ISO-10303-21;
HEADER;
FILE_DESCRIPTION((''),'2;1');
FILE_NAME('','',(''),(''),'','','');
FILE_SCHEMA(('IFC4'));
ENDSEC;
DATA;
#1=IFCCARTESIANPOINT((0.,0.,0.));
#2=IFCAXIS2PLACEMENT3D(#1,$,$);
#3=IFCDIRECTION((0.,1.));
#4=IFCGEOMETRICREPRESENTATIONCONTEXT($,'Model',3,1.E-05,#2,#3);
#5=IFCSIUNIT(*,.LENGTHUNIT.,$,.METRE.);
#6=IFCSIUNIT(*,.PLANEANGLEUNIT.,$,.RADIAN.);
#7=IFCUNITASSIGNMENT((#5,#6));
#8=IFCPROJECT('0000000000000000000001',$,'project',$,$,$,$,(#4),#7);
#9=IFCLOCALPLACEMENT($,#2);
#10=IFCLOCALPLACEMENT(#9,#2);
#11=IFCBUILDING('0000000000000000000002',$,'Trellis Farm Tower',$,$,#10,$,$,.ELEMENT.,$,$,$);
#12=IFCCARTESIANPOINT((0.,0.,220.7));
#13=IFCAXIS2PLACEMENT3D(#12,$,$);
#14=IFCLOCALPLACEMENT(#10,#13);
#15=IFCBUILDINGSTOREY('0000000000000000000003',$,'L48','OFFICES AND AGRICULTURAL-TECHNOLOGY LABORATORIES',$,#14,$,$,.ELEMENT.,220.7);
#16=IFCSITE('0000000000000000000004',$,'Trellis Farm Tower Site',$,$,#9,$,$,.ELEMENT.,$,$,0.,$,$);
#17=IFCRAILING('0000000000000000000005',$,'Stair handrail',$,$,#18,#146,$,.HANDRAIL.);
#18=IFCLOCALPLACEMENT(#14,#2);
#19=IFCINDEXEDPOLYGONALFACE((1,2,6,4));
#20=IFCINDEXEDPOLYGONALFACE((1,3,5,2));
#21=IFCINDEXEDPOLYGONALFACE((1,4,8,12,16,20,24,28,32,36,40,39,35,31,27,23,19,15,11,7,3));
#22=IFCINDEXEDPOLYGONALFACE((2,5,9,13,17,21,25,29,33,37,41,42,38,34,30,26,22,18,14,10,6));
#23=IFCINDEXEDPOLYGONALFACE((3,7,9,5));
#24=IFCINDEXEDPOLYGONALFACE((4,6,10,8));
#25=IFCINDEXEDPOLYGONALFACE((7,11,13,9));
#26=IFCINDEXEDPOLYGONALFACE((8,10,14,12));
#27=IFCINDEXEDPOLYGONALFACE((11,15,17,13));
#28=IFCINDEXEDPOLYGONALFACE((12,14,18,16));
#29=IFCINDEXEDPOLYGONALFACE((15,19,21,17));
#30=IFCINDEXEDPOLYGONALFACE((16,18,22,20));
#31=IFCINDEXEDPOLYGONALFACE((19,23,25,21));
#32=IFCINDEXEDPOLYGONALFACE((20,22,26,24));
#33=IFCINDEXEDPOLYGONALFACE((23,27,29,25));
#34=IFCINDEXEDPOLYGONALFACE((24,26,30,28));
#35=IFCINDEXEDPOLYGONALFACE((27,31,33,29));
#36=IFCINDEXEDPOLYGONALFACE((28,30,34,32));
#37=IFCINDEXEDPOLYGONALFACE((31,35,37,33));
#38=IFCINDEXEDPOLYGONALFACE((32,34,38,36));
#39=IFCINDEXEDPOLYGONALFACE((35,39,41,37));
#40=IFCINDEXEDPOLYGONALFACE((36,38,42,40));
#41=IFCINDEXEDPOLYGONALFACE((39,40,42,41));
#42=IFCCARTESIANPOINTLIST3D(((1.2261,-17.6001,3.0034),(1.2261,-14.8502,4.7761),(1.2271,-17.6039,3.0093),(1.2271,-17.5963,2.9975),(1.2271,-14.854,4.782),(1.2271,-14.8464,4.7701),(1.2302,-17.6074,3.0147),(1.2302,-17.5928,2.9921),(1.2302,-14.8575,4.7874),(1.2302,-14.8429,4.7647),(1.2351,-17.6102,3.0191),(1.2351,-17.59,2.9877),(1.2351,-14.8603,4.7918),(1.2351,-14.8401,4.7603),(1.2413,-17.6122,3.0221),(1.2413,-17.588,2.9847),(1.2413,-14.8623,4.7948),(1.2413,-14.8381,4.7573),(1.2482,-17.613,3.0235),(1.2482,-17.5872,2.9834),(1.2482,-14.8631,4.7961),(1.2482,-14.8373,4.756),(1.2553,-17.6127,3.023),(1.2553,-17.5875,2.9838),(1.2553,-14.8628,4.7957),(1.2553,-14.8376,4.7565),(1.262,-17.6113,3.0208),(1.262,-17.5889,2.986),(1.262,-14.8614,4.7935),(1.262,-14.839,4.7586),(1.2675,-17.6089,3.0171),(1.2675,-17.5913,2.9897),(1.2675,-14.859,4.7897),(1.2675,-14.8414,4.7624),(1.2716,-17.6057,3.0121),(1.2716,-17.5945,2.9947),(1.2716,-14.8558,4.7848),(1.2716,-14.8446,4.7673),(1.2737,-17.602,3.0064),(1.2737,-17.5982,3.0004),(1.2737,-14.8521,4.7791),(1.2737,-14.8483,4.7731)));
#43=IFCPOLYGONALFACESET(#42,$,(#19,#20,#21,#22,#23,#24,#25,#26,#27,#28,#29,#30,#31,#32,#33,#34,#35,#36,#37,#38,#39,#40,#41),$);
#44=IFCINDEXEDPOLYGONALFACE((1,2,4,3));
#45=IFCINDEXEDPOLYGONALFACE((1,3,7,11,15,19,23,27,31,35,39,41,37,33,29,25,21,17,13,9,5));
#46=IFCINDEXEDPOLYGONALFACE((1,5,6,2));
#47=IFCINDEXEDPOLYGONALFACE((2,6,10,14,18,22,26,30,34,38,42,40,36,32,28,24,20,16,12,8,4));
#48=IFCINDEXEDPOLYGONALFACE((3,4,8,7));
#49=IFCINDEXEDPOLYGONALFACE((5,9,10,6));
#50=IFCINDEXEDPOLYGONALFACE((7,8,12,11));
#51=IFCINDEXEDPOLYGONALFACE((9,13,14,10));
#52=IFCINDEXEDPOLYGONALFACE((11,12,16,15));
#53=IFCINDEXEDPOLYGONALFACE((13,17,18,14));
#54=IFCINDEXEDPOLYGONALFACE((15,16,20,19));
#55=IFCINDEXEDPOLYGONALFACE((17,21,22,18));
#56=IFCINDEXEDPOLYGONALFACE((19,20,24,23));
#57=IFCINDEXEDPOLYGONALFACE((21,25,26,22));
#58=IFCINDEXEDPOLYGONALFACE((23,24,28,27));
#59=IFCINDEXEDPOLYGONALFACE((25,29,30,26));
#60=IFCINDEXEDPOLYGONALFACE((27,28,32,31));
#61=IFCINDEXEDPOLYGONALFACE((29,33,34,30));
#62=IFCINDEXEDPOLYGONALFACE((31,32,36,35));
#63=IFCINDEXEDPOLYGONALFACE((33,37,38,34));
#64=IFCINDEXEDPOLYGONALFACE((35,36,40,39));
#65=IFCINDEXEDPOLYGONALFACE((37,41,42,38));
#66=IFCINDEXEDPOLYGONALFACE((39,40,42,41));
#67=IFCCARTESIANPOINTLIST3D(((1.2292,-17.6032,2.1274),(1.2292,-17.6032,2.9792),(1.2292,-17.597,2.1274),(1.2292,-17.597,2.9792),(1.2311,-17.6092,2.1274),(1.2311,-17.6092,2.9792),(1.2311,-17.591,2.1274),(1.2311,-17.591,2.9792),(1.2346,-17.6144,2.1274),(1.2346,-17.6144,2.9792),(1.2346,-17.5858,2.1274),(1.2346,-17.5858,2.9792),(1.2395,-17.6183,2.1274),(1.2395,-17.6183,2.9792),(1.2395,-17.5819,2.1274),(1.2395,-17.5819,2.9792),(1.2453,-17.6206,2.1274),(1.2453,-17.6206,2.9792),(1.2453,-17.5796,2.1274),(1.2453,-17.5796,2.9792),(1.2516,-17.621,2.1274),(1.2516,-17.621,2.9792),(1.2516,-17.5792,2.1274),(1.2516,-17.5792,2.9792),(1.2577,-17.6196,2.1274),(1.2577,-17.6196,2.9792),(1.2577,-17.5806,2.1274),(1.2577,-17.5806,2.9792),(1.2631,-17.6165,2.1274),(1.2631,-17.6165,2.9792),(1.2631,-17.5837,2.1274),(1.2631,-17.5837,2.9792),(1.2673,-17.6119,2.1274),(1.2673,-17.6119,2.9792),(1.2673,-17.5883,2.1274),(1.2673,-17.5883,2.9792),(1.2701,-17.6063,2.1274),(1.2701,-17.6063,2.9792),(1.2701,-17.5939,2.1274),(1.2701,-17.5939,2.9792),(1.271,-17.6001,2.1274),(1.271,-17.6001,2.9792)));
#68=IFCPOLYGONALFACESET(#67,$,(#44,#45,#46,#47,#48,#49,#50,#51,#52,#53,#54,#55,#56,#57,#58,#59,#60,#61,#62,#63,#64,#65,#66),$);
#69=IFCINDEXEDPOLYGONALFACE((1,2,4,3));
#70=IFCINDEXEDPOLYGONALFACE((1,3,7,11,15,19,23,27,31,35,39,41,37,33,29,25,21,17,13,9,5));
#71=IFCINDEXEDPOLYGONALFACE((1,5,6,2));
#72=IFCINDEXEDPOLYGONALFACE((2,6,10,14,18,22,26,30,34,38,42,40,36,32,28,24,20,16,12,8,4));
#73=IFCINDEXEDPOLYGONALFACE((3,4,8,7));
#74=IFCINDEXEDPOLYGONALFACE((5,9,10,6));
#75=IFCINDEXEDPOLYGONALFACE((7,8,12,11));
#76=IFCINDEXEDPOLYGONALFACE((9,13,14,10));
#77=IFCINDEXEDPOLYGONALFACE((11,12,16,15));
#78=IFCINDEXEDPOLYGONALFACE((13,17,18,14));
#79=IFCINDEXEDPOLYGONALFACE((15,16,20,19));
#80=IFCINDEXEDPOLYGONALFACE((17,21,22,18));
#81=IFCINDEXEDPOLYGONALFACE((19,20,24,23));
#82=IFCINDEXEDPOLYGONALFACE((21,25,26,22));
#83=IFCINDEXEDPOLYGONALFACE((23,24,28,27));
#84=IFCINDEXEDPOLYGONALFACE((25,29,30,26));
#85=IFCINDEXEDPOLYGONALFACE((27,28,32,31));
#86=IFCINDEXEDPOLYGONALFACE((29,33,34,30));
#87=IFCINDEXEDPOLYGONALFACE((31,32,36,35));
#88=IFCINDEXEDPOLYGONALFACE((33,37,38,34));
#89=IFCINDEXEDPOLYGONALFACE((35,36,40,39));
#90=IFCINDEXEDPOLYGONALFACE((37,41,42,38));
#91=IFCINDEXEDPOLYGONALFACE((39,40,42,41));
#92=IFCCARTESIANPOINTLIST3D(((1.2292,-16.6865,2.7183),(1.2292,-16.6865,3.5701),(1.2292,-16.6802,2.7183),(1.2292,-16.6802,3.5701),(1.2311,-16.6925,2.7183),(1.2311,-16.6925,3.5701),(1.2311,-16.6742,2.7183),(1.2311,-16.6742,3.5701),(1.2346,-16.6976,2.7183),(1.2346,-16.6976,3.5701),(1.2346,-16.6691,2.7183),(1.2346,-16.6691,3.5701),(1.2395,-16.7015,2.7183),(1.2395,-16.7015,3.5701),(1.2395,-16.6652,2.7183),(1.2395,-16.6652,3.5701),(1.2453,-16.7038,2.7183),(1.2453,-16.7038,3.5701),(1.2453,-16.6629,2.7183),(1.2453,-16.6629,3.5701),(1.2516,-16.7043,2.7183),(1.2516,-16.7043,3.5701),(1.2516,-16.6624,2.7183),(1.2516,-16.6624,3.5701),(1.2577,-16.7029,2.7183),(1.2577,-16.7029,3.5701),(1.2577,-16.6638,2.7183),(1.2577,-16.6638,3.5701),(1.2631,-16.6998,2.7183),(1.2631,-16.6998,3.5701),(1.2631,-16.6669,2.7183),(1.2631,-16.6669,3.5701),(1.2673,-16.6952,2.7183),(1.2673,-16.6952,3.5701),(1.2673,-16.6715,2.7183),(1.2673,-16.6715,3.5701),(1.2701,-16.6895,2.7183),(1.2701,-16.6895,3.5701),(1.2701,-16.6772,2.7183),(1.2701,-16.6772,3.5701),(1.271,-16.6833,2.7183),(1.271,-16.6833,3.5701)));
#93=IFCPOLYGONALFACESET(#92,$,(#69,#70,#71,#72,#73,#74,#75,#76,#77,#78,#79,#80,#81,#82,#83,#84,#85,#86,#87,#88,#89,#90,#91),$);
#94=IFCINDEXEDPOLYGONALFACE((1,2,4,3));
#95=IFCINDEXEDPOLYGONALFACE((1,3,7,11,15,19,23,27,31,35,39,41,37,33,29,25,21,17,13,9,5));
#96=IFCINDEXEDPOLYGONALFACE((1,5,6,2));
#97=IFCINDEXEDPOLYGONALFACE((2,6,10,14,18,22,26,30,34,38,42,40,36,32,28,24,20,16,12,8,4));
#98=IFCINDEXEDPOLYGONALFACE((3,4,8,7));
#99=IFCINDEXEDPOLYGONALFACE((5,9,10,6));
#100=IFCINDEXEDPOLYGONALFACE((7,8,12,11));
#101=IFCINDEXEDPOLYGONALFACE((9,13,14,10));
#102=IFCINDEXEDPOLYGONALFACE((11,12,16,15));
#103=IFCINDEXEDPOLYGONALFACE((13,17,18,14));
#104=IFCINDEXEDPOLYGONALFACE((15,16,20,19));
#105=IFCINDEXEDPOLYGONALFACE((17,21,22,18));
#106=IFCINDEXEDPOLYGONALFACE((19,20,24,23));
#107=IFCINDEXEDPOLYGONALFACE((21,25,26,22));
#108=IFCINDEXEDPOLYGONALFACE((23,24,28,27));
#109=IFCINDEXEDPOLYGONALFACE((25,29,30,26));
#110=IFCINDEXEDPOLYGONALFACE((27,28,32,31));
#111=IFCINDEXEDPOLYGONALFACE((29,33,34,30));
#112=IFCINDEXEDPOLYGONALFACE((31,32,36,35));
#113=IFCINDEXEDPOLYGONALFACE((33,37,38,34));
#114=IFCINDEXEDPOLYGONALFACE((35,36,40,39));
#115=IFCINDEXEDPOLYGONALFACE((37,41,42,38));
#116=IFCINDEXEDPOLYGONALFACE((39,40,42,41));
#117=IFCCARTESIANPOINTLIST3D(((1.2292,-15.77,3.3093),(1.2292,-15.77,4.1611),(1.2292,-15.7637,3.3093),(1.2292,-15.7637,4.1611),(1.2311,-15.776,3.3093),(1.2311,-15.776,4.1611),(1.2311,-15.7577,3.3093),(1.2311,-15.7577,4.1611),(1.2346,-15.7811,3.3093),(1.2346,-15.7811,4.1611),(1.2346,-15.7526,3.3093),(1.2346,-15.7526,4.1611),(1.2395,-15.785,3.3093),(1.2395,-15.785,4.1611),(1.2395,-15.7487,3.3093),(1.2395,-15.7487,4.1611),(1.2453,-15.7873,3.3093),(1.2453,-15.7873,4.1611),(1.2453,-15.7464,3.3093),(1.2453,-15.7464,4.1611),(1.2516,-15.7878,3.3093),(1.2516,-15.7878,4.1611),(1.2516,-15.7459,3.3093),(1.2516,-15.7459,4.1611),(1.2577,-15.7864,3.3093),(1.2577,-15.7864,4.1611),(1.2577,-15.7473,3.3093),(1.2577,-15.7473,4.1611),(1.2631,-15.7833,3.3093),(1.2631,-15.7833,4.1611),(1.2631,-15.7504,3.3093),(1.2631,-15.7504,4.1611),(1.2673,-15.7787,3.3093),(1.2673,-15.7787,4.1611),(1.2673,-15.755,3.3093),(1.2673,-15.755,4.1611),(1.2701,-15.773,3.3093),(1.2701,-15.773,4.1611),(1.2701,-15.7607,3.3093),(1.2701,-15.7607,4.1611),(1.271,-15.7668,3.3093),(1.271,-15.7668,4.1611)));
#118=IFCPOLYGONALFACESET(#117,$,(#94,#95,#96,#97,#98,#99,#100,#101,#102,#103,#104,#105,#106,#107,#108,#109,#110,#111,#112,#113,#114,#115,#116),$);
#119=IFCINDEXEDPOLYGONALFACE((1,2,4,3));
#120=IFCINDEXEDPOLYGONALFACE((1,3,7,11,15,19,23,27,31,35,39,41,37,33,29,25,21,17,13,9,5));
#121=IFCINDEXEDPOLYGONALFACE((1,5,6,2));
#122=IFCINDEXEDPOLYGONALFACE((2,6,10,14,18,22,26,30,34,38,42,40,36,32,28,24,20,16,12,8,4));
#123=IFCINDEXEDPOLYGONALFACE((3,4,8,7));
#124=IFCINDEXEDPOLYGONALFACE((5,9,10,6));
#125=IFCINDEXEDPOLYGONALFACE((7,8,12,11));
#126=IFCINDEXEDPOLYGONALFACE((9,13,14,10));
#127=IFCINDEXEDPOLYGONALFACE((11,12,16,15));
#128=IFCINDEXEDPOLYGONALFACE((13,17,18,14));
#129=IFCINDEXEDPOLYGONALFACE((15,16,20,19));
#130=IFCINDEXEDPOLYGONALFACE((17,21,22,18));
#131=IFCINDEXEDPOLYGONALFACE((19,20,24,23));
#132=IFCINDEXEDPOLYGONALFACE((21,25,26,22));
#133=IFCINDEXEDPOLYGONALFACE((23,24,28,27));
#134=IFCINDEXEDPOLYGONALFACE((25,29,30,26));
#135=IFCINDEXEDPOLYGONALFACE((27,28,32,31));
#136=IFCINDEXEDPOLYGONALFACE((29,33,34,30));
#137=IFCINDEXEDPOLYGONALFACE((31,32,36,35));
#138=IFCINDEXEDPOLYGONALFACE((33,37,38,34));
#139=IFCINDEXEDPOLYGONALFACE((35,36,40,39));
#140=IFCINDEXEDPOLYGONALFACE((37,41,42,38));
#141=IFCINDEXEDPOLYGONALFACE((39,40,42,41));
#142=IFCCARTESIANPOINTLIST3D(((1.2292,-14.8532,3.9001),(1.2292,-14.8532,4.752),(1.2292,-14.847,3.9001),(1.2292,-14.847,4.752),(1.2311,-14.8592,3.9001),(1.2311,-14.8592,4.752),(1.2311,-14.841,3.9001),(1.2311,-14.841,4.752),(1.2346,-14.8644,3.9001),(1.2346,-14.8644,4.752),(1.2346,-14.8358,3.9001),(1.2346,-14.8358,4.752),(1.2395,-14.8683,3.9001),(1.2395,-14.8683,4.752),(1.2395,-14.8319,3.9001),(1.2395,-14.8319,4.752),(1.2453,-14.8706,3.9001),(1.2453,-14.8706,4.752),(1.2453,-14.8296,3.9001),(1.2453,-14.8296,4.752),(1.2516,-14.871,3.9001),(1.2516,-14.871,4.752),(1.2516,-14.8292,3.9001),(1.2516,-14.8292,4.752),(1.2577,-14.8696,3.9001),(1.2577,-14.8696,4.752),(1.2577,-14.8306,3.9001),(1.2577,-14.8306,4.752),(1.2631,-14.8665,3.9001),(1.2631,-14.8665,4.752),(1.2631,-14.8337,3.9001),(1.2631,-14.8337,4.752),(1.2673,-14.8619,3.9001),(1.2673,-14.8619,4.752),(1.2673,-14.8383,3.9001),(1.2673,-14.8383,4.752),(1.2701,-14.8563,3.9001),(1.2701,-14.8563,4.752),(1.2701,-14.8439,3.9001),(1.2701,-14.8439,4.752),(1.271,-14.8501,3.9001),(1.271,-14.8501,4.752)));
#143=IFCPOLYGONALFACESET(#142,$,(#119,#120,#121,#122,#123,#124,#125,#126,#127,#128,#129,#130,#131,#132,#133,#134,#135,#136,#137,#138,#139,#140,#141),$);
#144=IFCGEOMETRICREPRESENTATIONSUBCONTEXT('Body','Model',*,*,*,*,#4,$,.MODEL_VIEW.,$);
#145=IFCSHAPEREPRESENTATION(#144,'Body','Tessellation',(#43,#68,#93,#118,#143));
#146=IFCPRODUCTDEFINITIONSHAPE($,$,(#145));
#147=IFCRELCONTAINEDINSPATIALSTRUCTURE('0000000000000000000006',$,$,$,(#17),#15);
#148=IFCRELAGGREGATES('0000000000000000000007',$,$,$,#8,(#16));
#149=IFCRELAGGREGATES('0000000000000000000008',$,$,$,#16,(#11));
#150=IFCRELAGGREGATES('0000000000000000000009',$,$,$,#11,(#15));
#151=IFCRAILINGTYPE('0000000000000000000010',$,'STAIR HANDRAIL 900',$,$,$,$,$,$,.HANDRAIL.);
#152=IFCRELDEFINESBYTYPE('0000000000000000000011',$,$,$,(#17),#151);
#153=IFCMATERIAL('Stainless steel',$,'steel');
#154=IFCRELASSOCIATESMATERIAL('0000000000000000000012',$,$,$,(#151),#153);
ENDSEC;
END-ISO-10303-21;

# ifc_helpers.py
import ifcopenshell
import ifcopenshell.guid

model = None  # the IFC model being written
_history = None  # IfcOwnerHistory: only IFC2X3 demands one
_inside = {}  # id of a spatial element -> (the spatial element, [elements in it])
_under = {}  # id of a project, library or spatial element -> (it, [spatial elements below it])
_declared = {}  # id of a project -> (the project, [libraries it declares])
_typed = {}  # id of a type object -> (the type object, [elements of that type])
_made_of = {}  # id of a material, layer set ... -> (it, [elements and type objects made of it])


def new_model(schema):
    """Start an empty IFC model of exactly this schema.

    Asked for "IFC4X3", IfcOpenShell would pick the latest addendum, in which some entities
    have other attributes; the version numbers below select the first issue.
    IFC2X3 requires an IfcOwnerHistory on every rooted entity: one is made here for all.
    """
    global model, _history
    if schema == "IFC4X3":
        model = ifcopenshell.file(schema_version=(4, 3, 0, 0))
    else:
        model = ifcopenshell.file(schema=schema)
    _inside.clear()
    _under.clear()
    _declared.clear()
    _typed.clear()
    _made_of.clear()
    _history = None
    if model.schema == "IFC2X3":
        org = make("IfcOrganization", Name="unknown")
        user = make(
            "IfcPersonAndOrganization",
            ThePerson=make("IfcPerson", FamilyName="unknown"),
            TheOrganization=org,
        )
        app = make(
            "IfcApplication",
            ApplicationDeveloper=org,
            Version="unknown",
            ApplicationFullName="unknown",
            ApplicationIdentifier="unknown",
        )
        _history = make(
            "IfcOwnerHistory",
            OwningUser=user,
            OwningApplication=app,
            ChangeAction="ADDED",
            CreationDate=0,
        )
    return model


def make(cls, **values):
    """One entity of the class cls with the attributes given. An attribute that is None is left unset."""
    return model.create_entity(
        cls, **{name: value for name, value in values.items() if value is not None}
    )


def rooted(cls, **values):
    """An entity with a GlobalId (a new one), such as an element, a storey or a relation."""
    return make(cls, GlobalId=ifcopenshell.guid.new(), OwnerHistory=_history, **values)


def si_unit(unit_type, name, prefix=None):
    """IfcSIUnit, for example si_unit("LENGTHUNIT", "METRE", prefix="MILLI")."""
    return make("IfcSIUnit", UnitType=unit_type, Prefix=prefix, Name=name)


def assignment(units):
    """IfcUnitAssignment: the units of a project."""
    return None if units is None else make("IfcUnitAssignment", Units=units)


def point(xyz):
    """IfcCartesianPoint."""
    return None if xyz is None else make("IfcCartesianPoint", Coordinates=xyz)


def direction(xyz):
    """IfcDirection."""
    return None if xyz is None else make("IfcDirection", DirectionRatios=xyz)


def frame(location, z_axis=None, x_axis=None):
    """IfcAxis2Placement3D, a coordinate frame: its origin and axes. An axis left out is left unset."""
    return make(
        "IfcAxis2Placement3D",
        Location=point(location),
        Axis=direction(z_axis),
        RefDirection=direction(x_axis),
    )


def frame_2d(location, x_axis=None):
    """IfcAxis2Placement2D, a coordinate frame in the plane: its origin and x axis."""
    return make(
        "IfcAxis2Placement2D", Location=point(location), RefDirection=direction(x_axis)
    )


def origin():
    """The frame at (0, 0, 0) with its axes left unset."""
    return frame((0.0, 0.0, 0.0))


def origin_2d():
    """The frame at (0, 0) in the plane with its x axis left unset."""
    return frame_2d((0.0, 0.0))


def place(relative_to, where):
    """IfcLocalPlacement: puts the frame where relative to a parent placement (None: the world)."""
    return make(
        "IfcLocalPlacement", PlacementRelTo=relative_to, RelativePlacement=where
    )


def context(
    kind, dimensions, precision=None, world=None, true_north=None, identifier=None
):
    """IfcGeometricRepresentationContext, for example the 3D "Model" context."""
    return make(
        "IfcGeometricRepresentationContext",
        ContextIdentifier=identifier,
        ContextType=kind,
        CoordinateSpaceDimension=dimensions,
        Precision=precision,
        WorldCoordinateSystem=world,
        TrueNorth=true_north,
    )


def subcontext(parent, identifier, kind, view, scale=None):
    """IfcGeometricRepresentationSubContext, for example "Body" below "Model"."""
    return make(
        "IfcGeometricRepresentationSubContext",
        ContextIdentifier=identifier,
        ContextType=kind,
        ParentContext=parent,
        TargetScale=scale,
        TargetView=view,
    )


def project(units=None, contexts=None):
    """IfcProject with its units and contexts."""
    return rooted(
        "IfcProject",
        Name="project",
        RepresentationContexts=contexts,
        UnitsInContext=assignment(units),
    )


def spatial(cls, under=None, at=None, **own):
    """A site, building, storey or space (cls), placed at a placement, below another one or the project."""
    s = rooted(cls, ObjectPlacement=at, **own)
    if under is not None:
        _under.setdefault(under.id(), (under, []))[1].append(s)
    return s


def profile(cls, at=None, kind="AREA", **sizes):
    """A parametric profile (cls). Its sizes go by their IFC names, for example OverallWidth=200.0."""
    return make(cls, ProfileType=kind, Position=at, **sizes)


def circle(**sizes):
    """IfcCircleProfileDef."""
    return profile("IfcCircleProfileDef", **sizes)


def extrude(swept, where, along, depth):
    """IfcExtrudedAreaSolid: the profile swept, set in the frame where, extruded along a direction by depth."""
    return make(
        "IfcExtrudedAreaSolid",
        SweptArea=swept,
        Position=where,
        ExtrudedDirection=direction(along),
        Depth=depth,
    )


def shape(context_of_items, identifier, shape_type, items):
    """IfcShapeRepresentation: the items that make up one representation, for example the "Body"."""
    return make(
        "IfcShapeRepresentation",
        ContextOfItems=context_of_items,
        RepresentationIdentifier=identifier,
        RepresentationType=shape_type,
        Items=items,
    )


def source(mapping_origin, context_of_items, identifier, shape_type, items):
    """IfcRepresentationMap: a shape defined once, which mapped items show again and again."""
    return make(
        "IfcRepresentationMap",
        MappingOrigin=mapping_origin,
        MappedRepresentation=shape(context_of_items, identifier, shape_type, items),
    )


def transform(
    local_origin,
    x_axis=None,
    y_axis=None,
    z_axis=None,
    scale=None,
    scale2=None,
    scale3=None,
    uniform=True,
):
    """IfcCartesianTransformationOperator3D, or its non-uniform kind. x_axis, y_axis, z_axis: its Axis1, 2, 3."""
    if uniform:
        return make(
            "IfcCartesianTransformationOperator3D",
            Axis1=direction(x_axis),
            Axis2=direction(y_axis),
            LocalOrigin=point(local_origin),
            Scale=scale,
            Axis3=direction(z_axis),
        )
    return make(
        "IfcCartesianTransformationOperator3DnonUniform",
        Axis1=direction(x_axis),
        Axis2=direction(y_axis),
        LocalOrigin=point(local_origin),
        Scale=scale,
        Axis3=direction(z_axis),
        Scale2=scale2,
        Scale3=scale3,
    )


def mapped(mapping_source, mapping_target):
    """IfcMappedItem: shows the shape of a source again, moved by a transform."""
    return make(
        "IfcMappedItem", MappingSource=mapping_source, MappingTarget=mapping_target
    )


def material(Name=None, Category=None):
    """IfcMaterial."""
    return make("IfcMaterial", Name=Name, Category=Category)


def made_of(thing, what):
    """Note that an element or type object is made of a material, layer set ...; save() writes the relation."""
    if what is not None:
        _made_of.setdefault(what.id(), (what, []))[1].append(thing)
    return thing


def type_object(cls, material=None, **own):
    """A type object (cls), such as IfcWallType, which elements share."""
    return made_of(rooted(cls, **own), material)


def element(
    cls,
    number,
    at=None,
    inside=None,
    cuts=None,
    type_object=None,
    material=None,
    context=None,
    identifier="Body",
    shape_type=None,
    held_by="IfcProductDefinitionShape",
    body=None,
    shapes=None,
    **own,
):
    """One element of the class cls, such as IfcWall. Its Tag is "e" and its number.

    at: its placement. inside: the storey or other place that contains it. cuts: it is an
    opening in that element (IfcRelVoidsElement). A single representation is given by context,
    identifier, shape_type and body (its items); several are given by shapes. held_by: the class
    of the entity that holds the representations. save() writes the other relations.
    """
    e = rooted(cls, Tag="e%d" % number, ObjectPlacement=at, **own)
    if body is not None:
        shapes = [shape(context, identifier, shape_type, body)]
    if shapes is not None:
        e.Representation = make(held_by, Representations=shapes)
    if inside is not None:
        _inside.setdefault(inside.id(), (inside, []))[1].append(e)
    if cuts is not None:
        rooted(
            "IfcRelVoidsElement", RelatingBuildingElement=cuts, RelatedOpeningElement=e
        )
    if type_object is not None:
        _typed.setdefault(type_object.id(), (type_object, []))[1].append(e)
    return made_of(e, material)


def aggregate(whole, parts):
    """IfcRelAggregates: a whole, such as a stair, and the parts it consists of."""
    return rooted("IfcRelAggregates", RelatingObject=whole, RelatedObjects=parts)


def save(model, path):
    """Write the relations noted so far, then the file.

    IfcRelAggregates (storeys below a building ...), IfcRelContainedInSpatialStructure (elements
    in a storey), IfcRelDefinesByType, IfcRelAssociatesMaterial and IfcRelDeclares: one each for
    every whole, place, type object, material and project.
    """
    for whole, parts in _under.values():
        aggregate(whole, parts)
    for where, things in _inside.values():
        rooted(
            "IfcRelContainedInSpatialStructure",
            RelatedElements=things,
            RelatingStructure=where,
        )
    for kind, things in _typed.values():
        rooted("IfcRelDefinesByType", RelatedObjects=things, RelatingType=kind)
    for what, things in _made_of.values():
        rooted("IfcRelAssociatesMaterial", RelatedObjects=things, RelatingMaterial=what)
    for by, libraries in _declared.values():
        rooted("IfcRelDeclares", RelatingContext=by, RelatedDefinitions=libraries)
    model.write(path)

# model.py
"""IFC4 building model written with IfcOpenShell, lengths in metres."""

from ifc_helpers import new_model, si_unit, direction, frame, origin, origin_2d, place, context, subcontext, project, spatial, circle, extrude, source, transform, mapped, material, type_object, element, save


model = new_model("IFC4")

# Units and contexts
model_context = context("Model", 3, precision=1e-05, world=origin(), true_north=direction((0.0, 1.0)))
body_context = subcontext(model_context, "Body", "Model", "MODEL_VIEW")
ifc_project = project(units=[si_unit("LENGTHUNIT", "METRE"), si_unit("PLANEANGLEUNIT", "RADIAN")], contexts=[model_context])

# Site, building, storey
site_placement = place(None, origin())
site = spatial("IfcSite", under=ifc_project, at=site_placement, Name="Trellis Farm Tower Site", CompositionType="ELEMENT", RefElevation=0.0)
building_placement = place(site_placement, origin())
building = spatial("IfcBuilding", under=site, at=building_placement, Name="Trellis Farm Tower", CompositionType="ELEMENT")
storey_placement = place(building_placement, frame((0.0, 0.0, 220.7)))
storey = spatial("IfcBuildingStorey", under=building, at=storey_placement, Name="L48", Description="OFFICES AND AGRICULTURAL-TECHNOLOGY LABORATORIES", CompositionType="ELEMENT", Elevation=220.7)

# Railing
ifc_material_1 = material(Name="Stainless steel", Category="steel")
railing_type = type_object("IfcRailingType", Name="STAIR HANDRAIL 900", PredefinedType="HANDRAIL", material=ifc_material_1)
shared_shape_1 = source(origin(), body_context, "Body", "SweptSolid", [
    extrude(circle(Radius=0.0239, at=origin_2d()), frame((0.0, 0.0, 0.876), z_axis=(0.0, 0.840504, 0.541806), x_axis=(-1.0, 0.0, 0.0)), (0.0, 0.0, 1.0), 3.2717),
    extrude(circle(Radius=0.021, at=origin_2d()), origin(), (0.0, 0.0, 1.0), 0.8518),
    extrude(circle(Radius=0.021, at=origin_2d()), frame((0.0, 0.9167, 0.5908)), (0.0, 0.0, 1.0), 0.8518),
    extrude(circle(Radius=0.021, at=origin_2d()), frame((0.0, 1.8333, 1.1819)), (0.0, 0.0, 1.0), 0.8518),
    extrude(circle(Radius=0.021, at=origin_2d()), frame((0.0, 2.75, 1.7727)), (0.0, 0.0, 1.0), 0.8518),
])
railing_placement = place(storey_placement, frame((1.25, -17.6001, 2.1274)))
element("IfcRailing", 1, at=railing_placement, inside=storey, type_object=railing_type, Name="Stair handrail", PredefinedType="HANDRAIL", context=body_context, shape_type="MappedRepresentation", body=[
    mapped(shared_shape_1, transform((0.0, 0.0, 0.0))),
])

save(model, "model.ifc")
